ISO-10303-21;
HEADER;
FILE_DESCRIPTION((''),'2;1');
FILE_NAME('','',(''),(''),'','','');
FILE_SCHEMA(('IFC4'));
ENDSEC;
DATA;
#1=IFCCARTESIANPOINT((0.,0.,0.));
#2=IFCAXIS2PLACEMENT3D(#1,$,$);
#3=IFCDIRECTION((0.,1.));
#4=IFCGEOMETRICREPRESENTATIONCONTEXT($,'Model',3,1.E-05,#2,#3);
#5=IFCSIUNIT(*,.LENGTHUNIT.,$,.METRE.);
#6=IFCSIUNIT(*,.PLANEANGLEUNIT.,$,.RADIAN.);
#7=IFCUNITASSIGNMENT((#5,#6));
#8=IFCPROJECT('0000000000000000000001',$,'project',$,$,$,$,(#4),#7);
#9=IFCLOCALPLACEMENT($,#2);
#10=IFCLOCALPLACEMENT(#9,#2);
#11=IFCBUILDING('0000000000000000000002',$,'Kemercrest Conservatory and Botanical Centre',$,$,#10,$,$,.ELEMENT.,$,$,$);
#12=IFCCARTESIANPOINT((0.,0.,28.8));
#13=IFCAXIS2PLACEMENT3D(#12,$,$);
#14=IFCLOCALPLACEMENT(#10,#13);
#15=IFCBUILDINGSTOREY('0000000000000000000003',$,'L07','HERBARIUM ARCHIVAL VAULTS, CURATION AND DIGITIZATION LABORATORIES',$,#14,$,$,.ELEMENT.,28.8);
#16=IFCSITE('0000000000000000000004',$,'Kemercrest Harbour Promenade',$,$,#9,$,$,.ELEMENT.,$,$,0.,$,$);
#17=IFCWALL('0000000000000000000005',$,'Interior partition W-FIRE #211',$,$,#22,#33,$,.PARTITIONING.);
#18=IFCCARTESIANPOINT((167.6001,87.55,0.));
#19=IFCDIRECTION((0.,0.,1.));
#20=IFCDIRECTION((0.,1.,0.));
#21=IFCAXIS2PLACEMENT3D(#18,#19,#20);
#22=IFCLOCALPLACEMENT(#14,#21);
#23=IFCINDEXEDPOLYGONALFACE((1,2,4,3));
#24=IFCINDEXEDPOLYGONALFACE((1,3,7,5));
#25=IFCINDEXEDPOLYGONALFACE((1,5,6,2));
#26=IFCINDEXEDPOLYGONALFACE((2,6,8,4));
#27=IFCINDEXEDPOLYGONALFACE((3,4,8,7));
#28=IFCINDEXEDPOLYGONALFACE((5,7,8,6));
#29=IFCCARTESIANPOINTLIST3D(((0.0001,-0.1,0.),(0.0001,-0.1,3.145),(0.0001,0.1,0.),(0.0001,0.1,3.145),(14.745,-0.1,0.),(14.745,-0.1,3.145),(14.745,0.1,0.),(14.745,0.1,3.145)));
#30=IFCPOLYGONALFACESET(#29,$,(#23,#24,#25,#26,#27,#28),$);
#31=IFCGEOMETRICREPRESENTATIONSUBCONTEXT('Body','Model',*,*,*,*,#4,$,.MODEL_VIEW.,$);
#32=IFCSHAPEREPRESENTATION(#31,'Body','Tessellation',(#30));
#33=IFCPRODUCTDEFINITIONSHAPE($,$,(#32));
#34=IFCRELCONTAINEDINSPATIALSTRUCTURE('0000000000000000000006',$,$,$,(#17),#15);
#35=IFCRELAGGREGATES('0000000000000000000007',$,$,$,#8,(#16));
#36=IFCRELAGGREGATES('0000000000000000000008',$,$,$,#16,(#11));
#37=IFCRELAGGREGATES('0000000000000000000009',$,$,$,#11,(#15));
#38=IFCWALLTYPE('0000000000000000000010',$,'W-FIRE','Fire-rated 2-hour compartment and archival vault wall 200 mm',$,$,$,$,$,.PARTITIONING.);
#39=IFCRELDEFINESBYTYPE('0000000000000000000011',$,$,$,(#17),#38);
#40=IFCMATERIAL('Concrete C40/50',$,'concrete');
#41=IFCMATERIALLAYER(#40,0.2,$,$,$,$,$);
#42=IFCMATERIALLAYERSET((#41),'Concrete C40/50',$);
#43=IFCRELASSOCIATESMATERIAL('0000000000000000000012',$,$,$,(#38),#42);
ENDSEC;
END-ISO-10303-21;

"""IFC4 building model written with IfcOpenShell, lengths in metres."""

from ifc_helpers import new_model, si_unit, direction, frame, frame_2d, origin, place, context, subcontext, project, spatial, rectangle, extrude, material, layer, layer_set, type_object, element, save


model = new_model("IFC4")

# Units and contexts
model_context = context("Model", 3, precision=1e-05, world=origin(), true_north=direction((0.0, 1.0)))
body_context = subcontext(model_context, "Body", "Model", "MODEL_VIEW")
ifc_project = project(units=[si_unit("LENGTHUNIT", "METRE"), si_unit("PLANEANGLEUNIT", "RADIAN")], contexts=[model_context])

# Site, building, storey
site_placement = place(None, origin())
site = spatial("IfcSite", under=ifc_project, at=site_placement, Name="Kemercrest Harbour Promenade", CompositionType="ELEMENT", RefElevation=0.0)
building_placement = place(site_placement, origin())
building = spatial("IfcBuilding", under=site, at=building_placement, Name="Kemercrest Conservatory and Botanical Centre", CompositionType="ELEMENT")
storey_placement = place(building_placement, frame((0.0, 0.0, 28.8)))
storey = spatial("IfcBuildingStorey", under=building, at=storey_placement, Name="L07", Description="HERBARIUM ARCHIVAL VAULTS, CURATION AND DIGITIZATION LABORATORIES", CompositionType="ELEMENT", Elevation=28.8)

# Shared definitions
ifc_material_1 = material(Name="Concrete C40/50", Category="concrete")

# Wall
ifc_layer_1 = layer(ifc_material_1, 0.2)
ifc_layer_set_1 = layer_set([ifc_layer_1], Name="Concrete C40/50")
wall_type_1 = type_object("IfcWallType", Name="W-FIRE", Description="Fire-rated 2-hour compartment and archival vault wall 200 mm", PredefinedType="PARTITIONING", material=ifc_layer_set_1)
wall_1_placement = place(storey_placement, frame((167.6001, 87.55, 0.0), z_axis=(0.0, 0.0, 1.0), x_axis=(0.0, 1.0, 0.0)))
element("IfcWall", 1, at=wall_1_placement, inside=storey, type_object=wall_type_1, Name="Interior partition W-FIRE #211", PredefinedType="PARTITIONING", context=body_context, shape_type="SweptSolid", body=[
    extrude(rectangle(XDim=14.7449, YDim=0.2, at=frame_2d((7.3726, 0.0))), origin(), (0.0, 0.0, 1.0), 3.145),
])

save(model, "model.ifc")
